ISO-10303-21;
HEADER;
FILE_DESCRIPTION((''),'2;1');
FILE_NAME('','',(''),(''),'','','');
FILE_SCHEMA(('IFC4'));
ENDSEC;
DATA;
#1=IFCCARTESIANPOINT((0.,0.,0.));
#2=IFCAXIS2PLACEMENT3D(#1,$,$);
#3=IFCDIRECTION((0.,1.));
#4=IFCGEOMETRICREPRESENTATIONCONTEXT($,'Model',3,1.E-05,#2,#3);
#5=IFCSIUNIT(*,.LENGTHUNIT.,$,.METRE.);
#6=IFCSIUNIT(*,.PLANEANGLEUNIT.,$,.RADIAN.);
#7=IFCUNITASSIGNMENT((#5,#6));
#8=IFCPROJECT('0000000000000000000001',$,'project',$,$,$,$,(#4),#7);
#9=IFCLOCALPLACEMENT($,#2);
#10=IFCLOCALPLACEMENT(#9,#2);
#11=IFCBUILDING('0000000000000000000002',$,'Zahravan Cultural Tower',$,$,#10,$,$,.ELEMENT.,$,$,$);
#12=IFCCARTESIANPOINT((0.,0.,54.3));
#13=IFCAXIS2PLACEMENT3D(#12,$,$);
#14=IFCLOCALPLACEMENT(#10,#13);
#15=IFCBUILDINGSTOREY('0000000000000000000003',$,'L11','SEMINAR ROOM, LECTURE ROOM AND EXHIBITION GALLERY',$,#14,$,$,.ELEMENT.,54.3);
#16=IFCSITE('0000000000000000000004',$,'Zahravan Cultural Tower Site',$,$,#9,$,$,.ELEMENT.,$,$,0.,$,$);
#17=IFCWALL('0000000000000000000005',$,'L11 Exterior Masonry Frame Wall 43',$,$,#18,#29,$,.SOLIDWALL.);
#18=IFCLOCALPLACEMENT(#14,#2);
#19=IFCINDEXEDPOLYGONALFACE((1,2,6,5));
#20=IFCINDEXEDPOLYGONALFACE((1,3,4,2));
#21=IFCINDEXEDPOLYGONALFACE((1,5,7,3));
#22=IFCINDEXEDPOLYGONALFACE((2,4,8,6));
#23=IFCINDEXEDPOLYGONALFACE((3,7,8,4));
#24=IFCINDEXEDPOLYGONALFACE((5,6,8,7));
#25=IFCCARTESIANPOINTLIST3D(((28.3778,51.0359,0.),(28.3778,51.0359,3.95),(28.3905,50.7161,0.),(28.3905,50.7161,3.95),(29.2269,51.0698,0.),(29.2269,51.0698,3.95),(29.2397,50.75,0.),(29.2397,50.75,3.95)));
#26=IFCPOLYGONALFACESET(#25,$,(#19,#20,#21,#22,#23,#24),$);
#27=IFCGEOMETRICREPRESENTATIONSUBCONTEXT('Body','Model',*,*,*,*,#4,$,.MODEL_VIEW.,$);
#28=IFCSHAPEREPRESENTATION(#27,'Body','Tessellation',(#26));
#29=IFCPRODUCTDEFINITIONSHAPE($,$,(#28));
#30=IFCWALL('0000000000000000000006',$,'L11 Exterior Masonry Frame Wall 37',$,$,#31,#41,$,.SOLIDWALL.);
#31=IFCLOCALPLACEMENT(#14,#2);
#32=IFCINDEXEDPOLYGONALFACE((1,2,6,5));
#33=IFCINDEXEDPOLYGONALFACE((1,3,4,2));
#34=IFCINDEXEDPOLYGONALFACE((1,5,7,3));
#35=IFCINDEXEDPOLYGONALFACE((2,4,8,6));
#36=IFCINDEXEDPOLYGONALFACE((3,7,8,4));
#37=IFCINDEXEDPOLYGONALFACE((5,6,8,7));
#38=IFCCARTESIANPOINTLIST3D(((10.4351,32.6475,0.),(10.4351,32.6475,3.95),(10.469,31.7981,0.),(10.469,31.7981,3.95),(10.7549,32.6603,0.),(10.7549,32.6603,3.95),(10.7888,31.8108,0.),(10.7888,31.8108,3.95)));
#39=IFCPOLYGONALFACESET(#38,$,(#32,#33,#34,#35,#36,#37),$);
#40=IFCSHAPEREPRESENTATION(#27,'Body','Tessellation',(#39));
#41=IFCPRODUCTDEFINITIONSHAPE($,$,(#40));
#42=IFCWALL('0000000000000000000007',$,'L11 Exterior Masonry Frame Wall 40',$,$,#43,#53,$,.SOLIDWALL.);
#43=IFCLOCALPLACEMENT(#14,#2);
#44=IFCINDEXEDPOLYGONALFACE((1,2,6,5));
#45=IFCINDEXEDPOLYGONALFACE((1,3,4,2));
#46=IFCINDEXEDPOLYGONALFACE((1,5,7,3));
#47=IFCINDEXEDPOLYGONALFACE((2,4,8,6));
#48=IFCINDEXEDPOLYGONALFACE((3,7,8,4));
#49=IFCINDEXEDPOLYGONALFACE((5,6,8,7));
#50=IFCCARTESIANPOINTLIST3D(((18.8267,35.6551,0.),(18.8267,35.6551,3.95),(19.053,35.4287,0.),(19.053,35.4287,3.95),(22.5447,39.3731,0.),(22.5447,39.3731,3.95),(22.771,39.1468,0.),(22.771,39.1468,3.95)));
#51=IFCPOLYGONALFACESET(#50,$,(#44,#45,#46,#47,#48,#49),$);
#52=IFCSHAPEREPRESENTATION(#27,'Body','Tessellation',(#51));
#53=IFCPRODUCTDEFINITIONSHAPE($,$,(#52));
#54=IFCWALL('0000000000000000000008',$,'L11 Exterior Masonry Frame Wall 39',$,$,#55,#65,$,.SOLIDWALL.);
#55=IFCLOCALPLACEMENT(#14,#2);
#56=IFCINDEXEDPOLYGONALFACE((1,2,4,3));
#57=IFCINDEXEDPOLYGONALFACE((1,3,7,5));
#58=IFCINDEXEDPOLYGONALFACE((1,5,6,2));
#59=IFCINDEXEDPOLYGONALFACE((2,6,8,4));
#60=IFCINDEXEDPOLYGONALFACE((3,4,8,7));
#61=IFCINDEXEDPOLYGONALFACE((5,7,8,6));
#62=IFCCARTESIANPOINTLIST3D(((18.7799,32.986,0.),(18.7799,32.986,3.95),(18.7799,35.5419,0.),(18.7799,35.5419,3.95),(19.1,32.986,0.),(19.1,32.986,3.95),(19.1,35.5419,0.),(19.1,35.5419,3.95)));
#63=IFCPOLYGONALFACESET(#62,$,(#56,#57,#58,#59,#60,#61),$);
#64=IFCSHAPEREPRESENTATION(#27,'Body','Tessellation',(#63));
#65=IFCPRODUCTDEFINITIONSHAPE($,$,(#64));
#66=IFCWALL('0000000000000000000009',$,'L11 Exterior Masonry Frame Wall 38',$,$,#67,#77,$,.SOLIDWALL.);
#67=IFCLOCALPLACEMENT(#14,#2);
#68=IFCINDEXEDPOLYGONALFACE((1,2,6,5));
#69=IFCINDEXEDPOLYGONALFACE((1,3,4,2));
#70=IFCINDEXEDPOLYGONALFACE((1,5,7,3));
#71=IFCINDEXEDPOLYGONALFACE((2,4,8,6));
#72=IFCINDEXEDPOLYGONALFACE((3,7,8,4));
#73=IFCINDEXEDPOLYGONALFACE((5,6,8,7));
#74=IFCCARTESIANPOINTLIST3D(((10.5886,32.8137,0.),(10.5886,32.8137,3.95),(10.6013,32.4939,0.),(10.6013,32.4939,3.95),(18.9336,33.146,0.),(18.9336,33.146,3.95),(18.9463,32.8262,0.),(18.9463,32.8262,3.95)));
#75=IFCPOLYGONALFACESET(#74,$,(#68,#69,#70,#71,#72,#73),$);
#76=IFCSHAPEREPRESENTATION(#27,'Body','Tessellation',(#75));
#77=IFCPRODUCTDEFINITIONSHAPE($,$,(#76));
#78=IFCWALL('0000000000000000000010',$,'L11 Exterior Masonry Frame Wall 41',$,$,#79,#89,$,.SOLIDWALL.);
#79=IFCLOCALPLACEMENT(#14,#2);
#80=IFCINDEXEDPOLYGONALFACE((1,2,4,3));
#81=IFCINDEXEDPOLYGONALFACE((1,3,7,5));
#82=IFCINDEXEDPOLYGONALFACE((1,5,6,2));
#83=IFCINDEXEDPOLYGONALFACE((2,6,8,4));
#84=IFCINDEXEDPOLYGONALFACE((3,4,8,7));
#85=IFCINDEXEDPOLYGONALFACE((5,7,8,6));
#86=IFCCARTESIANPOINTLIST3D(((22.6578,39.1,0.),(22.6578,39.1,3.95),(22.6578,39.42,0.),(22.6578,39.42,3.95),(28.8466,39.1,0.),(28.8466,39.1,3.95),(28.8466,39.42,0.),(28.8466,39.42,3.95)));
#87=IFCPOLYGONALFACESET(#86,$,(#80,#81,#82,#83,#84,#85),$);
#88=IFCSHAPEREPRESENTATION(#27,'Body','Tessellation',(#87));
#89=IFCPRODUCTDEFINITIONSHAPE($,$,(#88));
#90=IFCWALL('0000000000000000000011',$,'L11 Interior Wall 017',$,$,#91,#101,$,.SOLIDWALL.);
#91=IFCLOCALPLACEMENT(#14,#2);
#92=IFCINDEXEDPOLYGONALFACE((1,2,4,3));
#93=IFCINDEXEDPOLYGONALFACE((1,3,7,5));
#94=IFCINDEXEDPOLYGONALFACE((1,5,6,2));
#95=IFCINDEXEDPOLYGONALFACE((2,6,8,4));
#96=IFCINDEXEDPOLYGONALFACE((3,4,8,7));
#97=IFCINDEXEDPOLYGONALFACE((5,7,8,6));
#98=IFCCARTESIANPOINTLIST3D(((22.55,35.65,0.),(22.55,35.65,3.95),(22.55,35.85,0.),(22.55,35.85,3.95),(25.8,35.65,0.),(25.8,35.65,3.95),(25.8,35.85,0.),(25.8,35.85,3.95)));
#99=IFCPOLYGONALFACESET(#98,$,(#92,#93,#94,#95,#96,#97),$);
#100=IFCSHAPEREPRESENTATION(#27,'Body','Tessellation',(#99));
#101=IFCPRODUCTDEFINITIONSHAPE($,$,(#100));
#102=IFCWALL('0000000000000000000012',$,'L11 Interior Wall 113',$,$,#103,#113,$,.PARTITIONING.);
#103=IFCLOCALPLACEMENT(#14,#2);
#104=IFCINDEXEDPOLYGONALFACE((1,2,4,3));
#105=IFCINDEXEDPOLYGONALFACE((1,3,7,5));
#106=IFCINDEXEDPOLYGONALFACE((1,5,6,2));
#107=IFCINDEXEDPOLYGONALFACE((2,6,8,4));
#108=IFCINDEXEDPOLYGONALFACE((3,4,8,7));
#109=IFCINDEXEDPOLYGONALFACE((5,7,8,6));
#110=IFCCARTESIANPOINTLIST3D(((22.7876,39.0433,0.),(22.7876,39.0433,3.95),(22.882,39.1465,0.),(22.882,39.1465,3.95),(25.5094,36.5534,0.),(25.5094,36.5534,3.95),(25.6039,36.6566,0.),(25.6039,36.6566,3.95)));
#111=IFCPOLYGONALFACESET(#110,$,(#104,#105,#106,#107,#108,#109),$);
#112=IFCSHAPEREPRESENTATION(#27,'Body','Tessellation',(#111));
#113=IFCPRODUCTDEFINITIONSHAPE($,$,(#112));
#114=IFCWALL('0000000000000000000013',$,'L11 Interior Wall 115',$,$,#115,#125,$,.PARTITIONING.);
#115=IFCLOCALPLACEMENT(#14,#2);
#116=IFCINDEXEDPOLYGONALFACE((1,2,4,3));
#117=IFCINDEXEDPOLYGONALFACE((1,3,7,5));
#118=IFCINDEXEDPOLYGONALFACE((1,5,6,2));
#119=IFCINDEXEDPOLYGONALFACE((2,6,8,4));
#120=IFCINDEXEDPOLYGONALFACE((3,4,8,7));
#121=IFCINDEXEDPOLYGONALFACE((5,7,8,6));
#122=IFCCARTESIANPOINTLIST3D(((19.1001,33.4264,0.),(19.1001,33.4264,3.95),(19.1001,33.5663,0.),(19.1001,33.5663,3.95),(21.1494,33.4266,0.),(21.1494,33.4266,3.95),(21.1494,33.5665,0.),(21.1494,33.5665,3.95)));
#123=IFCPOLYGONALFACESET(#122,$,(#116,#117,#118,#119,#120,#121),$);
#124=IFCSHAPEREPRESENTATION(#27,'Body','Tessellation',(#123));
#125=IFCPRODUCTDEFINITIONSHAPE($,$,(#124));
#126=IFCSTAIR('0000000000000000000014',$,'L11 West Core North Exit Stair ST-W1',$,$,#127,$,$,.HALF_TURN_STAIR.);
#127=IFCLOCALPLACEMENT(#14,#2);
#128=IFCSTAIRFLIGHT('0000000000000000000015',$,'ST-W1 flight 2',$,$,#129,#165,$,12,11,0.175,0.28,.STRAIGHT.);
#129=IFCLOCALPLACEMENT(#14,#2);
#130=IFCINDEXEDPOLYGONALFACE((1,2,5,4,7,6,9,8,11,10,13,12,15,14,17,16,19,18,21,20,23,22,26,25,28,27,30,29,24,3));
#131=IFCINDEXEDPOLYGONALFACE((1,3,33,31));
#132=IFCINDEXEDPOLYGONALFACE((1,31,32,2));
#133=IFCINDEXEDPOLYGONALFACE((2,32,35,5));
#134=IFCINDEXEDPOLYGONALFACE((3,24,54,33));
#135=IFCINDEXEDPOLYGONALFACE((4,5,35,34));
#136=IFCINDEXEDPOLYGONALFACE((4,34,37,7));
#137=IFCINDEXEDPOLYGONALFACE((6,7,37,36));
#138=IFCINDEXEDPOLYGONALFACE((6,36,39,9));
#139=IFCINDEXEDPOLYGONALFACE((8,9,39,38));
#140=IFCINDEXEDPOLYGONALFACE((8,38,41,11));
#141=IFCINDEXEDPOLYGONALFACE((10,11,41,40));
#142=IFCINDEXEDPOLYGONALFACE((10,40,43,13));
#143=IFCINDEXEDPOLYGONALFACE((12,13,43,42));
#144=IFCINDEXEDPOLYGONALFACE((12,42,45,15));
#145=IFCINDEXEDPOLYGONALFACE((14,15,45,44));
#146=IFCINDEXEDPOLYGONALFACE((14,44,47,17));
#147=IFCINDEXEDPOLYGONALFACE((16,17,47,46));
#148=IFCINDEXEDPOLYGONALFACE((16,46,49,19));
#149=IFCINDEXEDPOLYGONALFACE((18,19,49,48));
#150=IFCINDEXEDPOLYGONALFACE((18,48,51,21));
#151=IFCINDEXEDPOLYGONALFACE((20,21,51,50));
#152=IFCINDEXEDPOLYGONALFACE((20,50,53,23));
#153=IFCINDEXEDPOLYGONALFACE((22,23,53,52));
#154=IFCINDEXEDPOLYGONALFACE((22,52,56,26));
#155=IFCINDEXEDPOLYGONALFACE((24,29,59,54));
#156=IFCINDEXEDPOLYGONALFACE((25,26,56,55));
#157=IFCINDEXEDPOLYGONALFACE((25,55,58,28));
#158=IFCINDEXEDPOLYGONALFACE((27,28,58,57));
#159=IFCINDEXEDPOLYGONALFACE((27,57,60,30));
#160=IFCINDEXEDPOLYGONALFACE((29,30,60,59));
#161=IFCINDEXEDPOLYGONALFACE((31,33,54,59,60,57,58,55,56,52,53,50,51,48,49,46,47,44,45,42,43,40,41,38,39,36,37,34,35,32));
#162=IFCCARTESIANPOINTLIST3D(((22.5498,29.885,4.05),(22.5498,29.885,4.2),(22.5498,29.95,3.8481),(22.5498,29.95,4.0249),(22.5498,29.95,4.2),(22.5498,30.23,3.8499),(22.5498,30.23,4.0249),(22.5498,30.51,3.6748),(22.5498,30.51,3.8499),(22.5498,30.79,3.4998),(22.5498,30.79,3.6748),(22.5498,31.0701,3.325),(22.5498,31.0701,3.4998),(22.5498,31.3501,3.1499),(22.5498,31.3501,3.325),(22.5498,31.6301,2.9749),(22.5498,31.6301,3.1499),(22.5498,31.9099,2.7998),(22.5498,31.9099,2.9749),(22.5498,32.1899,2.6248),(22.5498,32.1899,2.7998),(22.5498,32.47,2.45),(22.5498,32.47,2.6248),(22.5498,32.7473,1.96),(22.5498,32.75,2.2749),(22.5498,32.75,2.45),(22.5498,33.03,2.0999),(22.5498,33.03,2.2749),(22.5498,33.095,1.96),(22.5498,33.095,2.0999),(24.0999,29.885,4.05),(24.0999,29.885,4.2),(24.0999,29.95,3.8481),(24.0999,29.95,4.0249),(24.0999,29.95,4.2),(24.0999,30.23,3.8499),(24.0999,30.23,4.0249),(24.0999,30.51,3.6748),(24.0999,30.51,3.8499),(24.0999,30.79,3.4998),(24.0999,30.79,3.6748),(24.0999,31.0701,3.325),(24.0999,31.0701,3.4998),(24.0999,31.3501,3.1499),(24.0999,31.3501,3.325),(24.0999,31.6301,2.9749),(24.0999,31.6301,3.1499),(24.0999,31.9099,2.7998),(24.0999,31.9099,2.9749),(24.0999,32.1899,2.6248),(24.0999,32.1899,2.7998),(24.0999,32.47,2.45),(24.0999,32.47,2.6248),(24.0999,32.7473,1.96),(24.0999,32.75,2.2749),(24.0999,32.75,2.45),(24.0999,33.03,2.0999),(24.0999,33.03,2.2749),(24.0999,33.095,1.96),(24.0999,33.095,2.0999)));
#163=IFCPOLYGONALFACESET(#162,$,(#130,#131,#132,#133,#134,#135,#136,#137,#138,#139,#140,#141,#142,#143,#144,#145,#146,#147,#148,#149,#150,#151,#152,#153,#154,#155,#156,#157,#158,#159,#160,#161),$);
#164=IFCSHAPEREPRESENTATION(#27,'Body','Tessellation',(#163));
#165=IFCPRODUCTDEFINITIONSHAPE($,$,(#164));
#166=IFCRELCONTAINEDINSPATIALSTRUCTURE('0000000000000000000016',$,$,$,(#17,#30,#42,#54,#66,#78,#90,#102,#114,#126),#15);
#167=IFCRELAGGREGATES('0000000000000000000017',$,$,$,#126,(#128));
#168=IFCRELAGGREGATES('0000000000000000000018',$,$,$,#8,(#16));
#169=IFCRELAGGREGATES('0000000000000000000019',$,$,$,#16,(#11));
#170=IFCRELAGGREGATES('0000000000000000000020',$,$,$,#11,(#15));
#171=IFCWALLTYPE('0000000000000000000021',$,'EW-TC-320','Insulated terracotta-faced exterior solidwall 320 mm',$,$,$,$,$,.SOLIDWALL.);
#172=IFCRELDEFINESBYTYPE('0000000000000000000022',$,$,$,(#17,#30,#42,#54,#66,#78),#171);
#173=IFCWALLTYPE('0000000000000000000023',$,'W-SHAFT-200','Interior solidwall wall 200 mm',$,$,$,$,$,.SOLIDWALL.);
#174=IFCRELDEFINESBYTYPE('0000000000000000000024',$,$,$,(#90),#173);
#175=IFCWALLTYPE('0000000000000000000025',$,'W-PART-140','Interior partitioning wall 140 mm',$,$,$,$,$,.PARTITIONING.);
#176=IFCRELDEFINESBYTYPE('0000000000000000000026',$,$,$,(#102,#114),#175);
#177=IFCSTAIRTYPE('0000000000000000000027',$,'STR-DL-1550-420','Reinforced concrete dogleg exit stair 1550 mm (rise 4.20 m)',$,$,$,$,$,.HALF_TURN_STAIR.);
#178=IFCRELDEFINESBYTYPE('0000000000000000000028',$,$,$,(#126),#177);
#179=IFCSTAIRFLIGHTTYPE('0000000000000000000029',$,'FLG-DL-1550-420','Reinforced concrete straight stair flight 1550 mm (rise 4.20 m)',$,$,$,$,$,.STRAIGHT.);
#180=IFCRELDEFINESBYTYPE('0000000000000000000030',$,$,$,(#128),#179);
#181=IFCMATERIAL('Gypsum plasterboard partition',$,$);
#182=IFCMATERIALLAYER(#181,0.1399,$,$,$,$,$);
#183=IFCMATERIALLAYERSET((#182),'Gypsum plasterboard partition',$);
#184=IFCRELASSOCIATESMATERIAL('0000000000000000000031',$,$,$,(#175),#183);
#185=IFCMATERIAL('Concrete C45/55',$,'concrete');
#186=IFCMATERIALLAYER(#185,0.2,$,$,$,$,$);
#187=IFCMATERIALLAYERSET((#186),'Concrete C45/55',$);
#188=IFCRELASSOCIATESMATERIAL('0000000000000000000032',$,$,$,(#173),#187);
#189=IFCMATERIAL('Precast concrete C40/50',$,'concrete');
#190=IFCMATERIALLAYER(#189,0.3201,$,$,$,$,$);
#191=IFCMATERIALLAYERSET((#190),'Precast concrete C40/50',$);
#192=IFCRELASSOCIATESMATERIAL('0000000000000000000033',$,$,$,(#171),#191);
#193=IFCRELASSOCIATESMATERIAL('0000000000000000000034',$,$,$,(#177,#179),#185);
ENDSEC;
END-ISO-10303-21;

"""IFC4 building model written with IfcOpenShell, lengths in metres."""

from ifc_helpers import new_model, si_unit, direction, frame, frame_2d, origin, place, context, subcontext, project, spatial, polyline, rectangle, outline, extrude, source, transform, mapped, material, layer, layer_set, type_object, element, aggregate, save


model = new_model("IFC4")

# Units and contexts
model_context = context("Model", 3, precision=1e-05, world=origin(), true_north=direction((0.0, 1.0)))
body_context = subcontext(model_context, "Body", "Model", "MODEL_VIEW")
ifc_project = project(units=[si_unit("LENGTHUNIT", "METRE"), si_unit("PLANEANGLEUNIT", "RADIAN")], contexts=[model_context])

# Site, building, storey
site_placement = place(None, origin())
site = spatial("IfcSite", under=ifc_project, at=site_placement, Name="Zahravan Cultural Tower Site", CompositionType="ELEMENT", RefElevation=0.0)
building_placement = place(site_placement, origin())
building = spatial("IfcBuilding", under=site, at=building_placement, Name="Zahravan Cultural Tower", CompositionType="ELEMENT")
storey_placement = place(building_placement, frame((0.0, 0.0, 54.3)))
storey = spatial("IfcBuildingStorey", under=building, at=storey_placement, Name="L11", Description="SEMINAR ROOM, LECTURE ROOM AND EXHIBITION GALLERY", CompositionType="ELEMENT", Elevation=54.3)

# Shared definitions
ifc_material_1 = material(Name="Gypsum plasterboard partition")
ifc_layer_1 = layer(ifc_material_1, 0.1399)
ifc_layer_set_1 = layer_set([ifc_layer_1], Name="Gypsum plasterboard partition")
wall_type_1 = type_object("IfcWallType", Name="W-PART-140", Description="Interior partitioning wall 140 mm", PredefinedType="PARTITIONING", material=ifc_layer_set_1)
ifc_material_2 = material(Name="Concrete C45/55", Category="concrete")
ifc_layer_2 = layer(ifc_material_2, 0.2)
ifc_layer_set_2 = layer_set([ifc_layer_2], Name="Concrete C45/55")
wall_type_2 = type_object("IfcWallType", Name="W-SHAFT-200", Description="Interior solidwall wall 200 mm", PredefinedType="SOLIDWALL", material=ifc_layer_set_2)

# Walls
ifc_material_3 = material(Name="Precast concrete C40/50", Category="concrete")
ifc_layer_3 = layer(ifc_material_3, 0.3201)
ifc_layer_set_3 = layer_set([ifc_layer_3], Name="Precast concrete C40/50")
wall_type_3 = type_object("IfcWallType", Name="EW-TC-320", Description="Insulated terracotta-faced exterior solidwall 320 mm", PredefinedType="SOLIDWALL", material=ifc_layer_set_3)
shared_shape_1 = source(origin(), body_context, "Body", "SweptSolid", [
    extrude(rectangle(XDim=0.8499, YDim=0.3201, at=frame_2d((0.4248, 0.0))), origin(), (0.0, 0.0, 1.0), 3.95),
])
wall_1_placement = place(storey_placement, frame((28.3843, 50.876, 0.0), z_axis=(0.0, 0.0, 1.0), x_axis=(0.999202, 0.039934, 0.0)))
element("IfcWall", 1, at=wall_1_placement, inside=storey, type_object=wall_type_3, Name="L11 Exterior Masonry Frame Wall 43", PredefinedType="SOLIDWALL", context=body_context, shape_type="MappedRepresentation", body=[
    mapped(shared_shape_1, transform((0.0, 0.0, 0.0), x_axis=(1.0, 0.0, 0.0), y_axis=(0.0, 1.0, 0.0), z_axis=(0.0, 0.0, 1.0), scale=1.0)),
])
shared_shape_2 = source(origin(), body_context, "Body", "SweptSolid", [
    extrude(rectangle(XDim=0.8501, YDim=0.3201, at=frame_2d((0.425, 0.0))), origin(), (0.0, 0.0, 1.0), 3.95),
])
wall_2_placement = place(storey_placement, frame((10.6289, 31.8044, 0.0), z_axis=(0.0, 0.0, 1.0), x_axis=(-0.039922, 0.999203, 0.0)))
element("IfcWall", 2, at=wall_2_placement, inside=storey, type_object=wall_type_3, Name="L11 Exterior Masonry Frame Wall 37", PredefinedType="SOLIDWALL", context=body_context, shape_type="MappedRepresentation", body=[
    mapped(shared_shape_2, transform((0.0, 0.0, 0.0), x_axis=(1.0, 0.0, 0.0), y_axis=(0.0, 1.0, 0.0), z_axis=(0.0, 0.0, 1.0), scale=1.0)),
])
shared_shape_3 = source(origin(), body_context, "Body", "SweptSolid", [
    extrude(rectangle(XDim=5.2581, YDim=0.3201, at=frame_2d((2.6289, 0.0))), origin(), (0.0, 0.0, 1.0), 3.95),
])
wall_3_placement = place(storey_placement, frame((18.9399, 35.542, 0.0), z_axis=(0.0, 0.0, 1.0), x_axis=(0.707107, 0.707107, 0.0)))
element("IfcWall", 3, at=wall_3_placement, inside=storey, type_object=wall_type_3, Name="L11 Exterior Masonry Frame Wall 40", PredefinedType="SOLIDWALL", context=body_context, shape_type="MappedRepresentation", body=[
    mapped(shared_shape_3, transform((0.0, 0.0, 0.0), x_axis=(1.0, 0.0, 0.0), y_axis=(0.0, 1.0, 0.0), z_axis=(0.0, 0.0, 1.0), scale=1.0)),
])
shared_shape_4 = source(origin(), body_context, "Body", "SweptSolid", [
    extrude(rectangle(XDim=2.5559, YDim=0.3201, at=frame_2d((1.2778, 0.0))), origin(), (0.0, 0.0, 1.0), 3.95),
])
wall_4_placement = place(storey_placement, frame((18.9399, 32.9861, 0.0), z_axis=(0.0, 0.0, 1.0), x_axis=(0.0, 1.0, 0.0)))
element("IfcWall", 4, at=wall_4_placement, inside=storey, type_object=wall_type_3, Name="L11 Exterior Masonry Frame Wall 39", PredefinedType="SOLIDWALL", context=body_context, shape_type="MappedRepresentation", body=[
    mapped(shared_shape_4, transform((0.0, 0.0, 0.0), x_axis=(1.0, 0.0, 0.0), y_axis=(0.0, 1.0, 0.0), z_axis=(0.0, 0.0, 1.0), scale=1.0)),
])
shared_shape_5 = source(origin(), body_context, "Body", "SweptSolid", [
    extrude(rectangle(XDim=8.3516, YDim=0.3201, at=frame_2d((4.1758, 0.0))), origin(), (0.0, 0.0, 1.0), 3.95),
])
wall_5_placement = place(storey_placement, frame((10.595, 32.6538, 0.0), z_axis=(0.0, 0.0, 1.0), x_axis=(0.999208, 0.039786, 0.0)))
element("IfcWall", 5, at=wall_5_placement, inside=storey, type_object=wall_type_3, Name="L11 Exterior Masonry Frame Wall 38", PredefinedType="SOLIDWALL", context=body_context, shape_type="MappedRepresentation", body=[
    mapped(shared_shape_5, transform((0.0, 0.0, 0.0), x_axis=(1.0, 0.0, 0.0), y_axis=(0.0, 1.0, 0.0), z_axis=(0.0, 0.0, 1.0), scale=1.0)),
])
shared_shape_6 = source(origin(), body_context, "Body", "SweptSolid", [
    extrude(rectangle(XDim=6.1887, YDim=0.3201, at=frame_2d((3.0942, 0.0))), origin(), (0.0, 0.0, 1.0), 3.95),
])
wall_6_placement = place(storey_placement, frame((22.658, 39.26, 0.0), z_axis=(0.0, 0.0, 1.0), x_axis=(1.0, 0.0, 0.0)))
element("IfcWall", 6, at=wall_6_placement, inside=storey, type_object=wall_type_3, Name="L11 Exterior Masonry Frame Wall 41", PredefinedType="SOLIDWALL", context=body_context, shape_type="MappedRepresentation", body=[
    mapped(shared_shape_6, transform((0.0, 0.0, 0.0), x_axis=(1.0, 0.0, 0.0), y_axis=(0.0, 1.0, 0.0), z_axis=(0.0, 0.0, 1.0), scale=1.0)),
])
shared_shape_7 = source(origin(), body_context, "Body", "SweptSolid", [
    extrude(rectangle(XDim=3.25, YDim=0.2, at=frame_2d((1.625, 0.0))), origin(), (0.0, 0.0, 1.0), 3.95),
])
wall_7_placement = place(storey_placement, frame((22.55, 35.75, 0.0), z_axis=(0.0, 0.0, 1.0), x_axis=(1.0, 0.0, 0.0)))
element("IfcWall", 7, at=wall_7_placement, inside=storey, type_object=wall_type_2, Name="L11 Interior Wall 017", PredefinedType="SOLIDWALL", context=body_context, shape_type="MappedRepresentation", body=[
    mapped(shared_shape_7, transform((0.0, 0.0, 0.0), x_axis=(1.0, 0.0, 0.0), y_axis=(0.0, 1.0, 0.0), z_axis=(0.0, 0.0, 1.0), scale=1.0)),
])
shared_shape_8 = source(origin(), body_context, "Body", "SweptSolid", [
    extrude(rectangle(XDim=3.689, YDim=0.1399, at=frame_2d((1.8445, 0.0))), origin(), (0.0, 0.0, 1.0), 3.95),
])
wall_8_placement = place(storey_placement, frame((25.5566, 36.605, 0.0), z_axis=(0.0, 0.0, 1.0), x_axis=(-0.737843, 0.674972, 0.0)))
element("IfcWall", 8, at=wall_8_placement, inside=storey, type_object=wall_type_1, Name="L11 Interior Wall 113", PredefinedType="PARTITIONING", context=body_context, shape_type="MappedRepresentation", body=[
    mapped(shared_shape_8, transform((0.0, 0.0, 0.0), x_axis=(1.0, 0.0, 0.0), y_axis=(0.0, 1.0, 0.0), z_axis=(0.0, 0.0, 1.0), scale=1.0)),
])
shared_shape_9 = source(origin(), body_context, "Body", "SweptSolid", [
    extrude(rectangle(XDim=2.0493, YDim=0.1399, at=frame_2d((1.0247, 0.0))), origin(), (0.0, 0.0, 1.0), 3.95),
])
wall_9_placement = place(storey_placement, frame((21.1494, 33.4966, 0.0), z_axis=(0.0, 0.0, 1.0), x_axis=(-1.0, -0.000119, 0.0)))
element("IfcWall", 9, at=wall_9_placement, inside=storey, type_object=wall_type_1, Name="L11 Interior Wall 115", PredefinedType="PARTITIONING", context=body_context, shape_type="MappedRepresentation", body=[
    mapped(shared_shape_9, transform((0.0, 0.0, 0.0), x_axis=(1.0, 0.0, 0.0), y_axis=(0.0, 1.0, 0.0), z_axis=(0.0, 0.0, 1.0), scale=1.0)),
])

# Stair, stair flight
stair_type = type_object("IfcStairType", Name="STR-DL-1550-420", Description="Reinforced concrete dogleg exit stair 1550 mm (rise 4.20 m)", PredefinedType="HALF_TURN_STAIR", material=ifc_material_2)
stair_placement = place(storey_placement, origin())
stair = element("IfcStair", 10, at=stair_placement, inside=storey, type_object=stair_type, Name="L11 West Core North Exit Stair ST-W1", PredefinedType="HALF_TURN_STAIR")
stair_flight_type = type_object("IfcStairFlightType", Name="FLG-DL-1550-420", Description="Reinforced concrete straight stair flight 1550 mm (rise 4.20 m)", PredefinedType="STRAIGHT", material=ifc_material_2)
stair_flight_placement = place(storey_placement, frame((23.325, 33.03, 2.0999), z_axis=(0.0, 0.0, 1.0), x_axis=(0.0, -1.0, 0.0)))
stair_flight = element("IfcStairFlight", 11, at=stair_flight_placement, type_object=stair_flight_type, Name="ST-W1 flight 2", NumberOfRisers=12, NumberOfTreads=11, PredefinedType="STRAIGHT", RiserHeight=0.175, TreadLength=0.28, context=body_context, shape_type="SweptSolid", body=[
    extrude(outline(polyline([(-0.0649, -0.1399), (-0.0649, 0.0), (0.0, 0.0), (0.0, 0.175), (0.28, 0.175), (0.28, 0.3501), (0.5601, 0.3501), (0.5601, 0.5249), (0.8401, 0.5249), (0.8401, 0.7), (1.1201, 0.7), (1.1201, 0.875), (1.3999, 0.875), (1.3999, 1.05), (1.6799, 1.05), (1.6799, 1.2251), (1.96, 1.2251), (1.96, 1.3999), (2.24, 1.3999), (2.24, 1.575), (2.52, 1.575), (2.52, 1.75), (2.8, 1.75), (2.8, 1.925), (3.0801, 1.925), (3.0801, 2.1001), (3.145, 2.1001), (3.145, 1.9502), (3.0801, 1.7483), (0.2827, -0.1399), (-0.0649, -0.1399)])), frame((0.0, 0.7749, 0.0), z_axis=(0.0, -1.0, 0.0), x_axis=(1.0, 0.0, 0.0)), (0.0, 0.0, 1.0), 1.55),
])
aggregate(stair, [stair_flight])

save(model, "model.ifc")
